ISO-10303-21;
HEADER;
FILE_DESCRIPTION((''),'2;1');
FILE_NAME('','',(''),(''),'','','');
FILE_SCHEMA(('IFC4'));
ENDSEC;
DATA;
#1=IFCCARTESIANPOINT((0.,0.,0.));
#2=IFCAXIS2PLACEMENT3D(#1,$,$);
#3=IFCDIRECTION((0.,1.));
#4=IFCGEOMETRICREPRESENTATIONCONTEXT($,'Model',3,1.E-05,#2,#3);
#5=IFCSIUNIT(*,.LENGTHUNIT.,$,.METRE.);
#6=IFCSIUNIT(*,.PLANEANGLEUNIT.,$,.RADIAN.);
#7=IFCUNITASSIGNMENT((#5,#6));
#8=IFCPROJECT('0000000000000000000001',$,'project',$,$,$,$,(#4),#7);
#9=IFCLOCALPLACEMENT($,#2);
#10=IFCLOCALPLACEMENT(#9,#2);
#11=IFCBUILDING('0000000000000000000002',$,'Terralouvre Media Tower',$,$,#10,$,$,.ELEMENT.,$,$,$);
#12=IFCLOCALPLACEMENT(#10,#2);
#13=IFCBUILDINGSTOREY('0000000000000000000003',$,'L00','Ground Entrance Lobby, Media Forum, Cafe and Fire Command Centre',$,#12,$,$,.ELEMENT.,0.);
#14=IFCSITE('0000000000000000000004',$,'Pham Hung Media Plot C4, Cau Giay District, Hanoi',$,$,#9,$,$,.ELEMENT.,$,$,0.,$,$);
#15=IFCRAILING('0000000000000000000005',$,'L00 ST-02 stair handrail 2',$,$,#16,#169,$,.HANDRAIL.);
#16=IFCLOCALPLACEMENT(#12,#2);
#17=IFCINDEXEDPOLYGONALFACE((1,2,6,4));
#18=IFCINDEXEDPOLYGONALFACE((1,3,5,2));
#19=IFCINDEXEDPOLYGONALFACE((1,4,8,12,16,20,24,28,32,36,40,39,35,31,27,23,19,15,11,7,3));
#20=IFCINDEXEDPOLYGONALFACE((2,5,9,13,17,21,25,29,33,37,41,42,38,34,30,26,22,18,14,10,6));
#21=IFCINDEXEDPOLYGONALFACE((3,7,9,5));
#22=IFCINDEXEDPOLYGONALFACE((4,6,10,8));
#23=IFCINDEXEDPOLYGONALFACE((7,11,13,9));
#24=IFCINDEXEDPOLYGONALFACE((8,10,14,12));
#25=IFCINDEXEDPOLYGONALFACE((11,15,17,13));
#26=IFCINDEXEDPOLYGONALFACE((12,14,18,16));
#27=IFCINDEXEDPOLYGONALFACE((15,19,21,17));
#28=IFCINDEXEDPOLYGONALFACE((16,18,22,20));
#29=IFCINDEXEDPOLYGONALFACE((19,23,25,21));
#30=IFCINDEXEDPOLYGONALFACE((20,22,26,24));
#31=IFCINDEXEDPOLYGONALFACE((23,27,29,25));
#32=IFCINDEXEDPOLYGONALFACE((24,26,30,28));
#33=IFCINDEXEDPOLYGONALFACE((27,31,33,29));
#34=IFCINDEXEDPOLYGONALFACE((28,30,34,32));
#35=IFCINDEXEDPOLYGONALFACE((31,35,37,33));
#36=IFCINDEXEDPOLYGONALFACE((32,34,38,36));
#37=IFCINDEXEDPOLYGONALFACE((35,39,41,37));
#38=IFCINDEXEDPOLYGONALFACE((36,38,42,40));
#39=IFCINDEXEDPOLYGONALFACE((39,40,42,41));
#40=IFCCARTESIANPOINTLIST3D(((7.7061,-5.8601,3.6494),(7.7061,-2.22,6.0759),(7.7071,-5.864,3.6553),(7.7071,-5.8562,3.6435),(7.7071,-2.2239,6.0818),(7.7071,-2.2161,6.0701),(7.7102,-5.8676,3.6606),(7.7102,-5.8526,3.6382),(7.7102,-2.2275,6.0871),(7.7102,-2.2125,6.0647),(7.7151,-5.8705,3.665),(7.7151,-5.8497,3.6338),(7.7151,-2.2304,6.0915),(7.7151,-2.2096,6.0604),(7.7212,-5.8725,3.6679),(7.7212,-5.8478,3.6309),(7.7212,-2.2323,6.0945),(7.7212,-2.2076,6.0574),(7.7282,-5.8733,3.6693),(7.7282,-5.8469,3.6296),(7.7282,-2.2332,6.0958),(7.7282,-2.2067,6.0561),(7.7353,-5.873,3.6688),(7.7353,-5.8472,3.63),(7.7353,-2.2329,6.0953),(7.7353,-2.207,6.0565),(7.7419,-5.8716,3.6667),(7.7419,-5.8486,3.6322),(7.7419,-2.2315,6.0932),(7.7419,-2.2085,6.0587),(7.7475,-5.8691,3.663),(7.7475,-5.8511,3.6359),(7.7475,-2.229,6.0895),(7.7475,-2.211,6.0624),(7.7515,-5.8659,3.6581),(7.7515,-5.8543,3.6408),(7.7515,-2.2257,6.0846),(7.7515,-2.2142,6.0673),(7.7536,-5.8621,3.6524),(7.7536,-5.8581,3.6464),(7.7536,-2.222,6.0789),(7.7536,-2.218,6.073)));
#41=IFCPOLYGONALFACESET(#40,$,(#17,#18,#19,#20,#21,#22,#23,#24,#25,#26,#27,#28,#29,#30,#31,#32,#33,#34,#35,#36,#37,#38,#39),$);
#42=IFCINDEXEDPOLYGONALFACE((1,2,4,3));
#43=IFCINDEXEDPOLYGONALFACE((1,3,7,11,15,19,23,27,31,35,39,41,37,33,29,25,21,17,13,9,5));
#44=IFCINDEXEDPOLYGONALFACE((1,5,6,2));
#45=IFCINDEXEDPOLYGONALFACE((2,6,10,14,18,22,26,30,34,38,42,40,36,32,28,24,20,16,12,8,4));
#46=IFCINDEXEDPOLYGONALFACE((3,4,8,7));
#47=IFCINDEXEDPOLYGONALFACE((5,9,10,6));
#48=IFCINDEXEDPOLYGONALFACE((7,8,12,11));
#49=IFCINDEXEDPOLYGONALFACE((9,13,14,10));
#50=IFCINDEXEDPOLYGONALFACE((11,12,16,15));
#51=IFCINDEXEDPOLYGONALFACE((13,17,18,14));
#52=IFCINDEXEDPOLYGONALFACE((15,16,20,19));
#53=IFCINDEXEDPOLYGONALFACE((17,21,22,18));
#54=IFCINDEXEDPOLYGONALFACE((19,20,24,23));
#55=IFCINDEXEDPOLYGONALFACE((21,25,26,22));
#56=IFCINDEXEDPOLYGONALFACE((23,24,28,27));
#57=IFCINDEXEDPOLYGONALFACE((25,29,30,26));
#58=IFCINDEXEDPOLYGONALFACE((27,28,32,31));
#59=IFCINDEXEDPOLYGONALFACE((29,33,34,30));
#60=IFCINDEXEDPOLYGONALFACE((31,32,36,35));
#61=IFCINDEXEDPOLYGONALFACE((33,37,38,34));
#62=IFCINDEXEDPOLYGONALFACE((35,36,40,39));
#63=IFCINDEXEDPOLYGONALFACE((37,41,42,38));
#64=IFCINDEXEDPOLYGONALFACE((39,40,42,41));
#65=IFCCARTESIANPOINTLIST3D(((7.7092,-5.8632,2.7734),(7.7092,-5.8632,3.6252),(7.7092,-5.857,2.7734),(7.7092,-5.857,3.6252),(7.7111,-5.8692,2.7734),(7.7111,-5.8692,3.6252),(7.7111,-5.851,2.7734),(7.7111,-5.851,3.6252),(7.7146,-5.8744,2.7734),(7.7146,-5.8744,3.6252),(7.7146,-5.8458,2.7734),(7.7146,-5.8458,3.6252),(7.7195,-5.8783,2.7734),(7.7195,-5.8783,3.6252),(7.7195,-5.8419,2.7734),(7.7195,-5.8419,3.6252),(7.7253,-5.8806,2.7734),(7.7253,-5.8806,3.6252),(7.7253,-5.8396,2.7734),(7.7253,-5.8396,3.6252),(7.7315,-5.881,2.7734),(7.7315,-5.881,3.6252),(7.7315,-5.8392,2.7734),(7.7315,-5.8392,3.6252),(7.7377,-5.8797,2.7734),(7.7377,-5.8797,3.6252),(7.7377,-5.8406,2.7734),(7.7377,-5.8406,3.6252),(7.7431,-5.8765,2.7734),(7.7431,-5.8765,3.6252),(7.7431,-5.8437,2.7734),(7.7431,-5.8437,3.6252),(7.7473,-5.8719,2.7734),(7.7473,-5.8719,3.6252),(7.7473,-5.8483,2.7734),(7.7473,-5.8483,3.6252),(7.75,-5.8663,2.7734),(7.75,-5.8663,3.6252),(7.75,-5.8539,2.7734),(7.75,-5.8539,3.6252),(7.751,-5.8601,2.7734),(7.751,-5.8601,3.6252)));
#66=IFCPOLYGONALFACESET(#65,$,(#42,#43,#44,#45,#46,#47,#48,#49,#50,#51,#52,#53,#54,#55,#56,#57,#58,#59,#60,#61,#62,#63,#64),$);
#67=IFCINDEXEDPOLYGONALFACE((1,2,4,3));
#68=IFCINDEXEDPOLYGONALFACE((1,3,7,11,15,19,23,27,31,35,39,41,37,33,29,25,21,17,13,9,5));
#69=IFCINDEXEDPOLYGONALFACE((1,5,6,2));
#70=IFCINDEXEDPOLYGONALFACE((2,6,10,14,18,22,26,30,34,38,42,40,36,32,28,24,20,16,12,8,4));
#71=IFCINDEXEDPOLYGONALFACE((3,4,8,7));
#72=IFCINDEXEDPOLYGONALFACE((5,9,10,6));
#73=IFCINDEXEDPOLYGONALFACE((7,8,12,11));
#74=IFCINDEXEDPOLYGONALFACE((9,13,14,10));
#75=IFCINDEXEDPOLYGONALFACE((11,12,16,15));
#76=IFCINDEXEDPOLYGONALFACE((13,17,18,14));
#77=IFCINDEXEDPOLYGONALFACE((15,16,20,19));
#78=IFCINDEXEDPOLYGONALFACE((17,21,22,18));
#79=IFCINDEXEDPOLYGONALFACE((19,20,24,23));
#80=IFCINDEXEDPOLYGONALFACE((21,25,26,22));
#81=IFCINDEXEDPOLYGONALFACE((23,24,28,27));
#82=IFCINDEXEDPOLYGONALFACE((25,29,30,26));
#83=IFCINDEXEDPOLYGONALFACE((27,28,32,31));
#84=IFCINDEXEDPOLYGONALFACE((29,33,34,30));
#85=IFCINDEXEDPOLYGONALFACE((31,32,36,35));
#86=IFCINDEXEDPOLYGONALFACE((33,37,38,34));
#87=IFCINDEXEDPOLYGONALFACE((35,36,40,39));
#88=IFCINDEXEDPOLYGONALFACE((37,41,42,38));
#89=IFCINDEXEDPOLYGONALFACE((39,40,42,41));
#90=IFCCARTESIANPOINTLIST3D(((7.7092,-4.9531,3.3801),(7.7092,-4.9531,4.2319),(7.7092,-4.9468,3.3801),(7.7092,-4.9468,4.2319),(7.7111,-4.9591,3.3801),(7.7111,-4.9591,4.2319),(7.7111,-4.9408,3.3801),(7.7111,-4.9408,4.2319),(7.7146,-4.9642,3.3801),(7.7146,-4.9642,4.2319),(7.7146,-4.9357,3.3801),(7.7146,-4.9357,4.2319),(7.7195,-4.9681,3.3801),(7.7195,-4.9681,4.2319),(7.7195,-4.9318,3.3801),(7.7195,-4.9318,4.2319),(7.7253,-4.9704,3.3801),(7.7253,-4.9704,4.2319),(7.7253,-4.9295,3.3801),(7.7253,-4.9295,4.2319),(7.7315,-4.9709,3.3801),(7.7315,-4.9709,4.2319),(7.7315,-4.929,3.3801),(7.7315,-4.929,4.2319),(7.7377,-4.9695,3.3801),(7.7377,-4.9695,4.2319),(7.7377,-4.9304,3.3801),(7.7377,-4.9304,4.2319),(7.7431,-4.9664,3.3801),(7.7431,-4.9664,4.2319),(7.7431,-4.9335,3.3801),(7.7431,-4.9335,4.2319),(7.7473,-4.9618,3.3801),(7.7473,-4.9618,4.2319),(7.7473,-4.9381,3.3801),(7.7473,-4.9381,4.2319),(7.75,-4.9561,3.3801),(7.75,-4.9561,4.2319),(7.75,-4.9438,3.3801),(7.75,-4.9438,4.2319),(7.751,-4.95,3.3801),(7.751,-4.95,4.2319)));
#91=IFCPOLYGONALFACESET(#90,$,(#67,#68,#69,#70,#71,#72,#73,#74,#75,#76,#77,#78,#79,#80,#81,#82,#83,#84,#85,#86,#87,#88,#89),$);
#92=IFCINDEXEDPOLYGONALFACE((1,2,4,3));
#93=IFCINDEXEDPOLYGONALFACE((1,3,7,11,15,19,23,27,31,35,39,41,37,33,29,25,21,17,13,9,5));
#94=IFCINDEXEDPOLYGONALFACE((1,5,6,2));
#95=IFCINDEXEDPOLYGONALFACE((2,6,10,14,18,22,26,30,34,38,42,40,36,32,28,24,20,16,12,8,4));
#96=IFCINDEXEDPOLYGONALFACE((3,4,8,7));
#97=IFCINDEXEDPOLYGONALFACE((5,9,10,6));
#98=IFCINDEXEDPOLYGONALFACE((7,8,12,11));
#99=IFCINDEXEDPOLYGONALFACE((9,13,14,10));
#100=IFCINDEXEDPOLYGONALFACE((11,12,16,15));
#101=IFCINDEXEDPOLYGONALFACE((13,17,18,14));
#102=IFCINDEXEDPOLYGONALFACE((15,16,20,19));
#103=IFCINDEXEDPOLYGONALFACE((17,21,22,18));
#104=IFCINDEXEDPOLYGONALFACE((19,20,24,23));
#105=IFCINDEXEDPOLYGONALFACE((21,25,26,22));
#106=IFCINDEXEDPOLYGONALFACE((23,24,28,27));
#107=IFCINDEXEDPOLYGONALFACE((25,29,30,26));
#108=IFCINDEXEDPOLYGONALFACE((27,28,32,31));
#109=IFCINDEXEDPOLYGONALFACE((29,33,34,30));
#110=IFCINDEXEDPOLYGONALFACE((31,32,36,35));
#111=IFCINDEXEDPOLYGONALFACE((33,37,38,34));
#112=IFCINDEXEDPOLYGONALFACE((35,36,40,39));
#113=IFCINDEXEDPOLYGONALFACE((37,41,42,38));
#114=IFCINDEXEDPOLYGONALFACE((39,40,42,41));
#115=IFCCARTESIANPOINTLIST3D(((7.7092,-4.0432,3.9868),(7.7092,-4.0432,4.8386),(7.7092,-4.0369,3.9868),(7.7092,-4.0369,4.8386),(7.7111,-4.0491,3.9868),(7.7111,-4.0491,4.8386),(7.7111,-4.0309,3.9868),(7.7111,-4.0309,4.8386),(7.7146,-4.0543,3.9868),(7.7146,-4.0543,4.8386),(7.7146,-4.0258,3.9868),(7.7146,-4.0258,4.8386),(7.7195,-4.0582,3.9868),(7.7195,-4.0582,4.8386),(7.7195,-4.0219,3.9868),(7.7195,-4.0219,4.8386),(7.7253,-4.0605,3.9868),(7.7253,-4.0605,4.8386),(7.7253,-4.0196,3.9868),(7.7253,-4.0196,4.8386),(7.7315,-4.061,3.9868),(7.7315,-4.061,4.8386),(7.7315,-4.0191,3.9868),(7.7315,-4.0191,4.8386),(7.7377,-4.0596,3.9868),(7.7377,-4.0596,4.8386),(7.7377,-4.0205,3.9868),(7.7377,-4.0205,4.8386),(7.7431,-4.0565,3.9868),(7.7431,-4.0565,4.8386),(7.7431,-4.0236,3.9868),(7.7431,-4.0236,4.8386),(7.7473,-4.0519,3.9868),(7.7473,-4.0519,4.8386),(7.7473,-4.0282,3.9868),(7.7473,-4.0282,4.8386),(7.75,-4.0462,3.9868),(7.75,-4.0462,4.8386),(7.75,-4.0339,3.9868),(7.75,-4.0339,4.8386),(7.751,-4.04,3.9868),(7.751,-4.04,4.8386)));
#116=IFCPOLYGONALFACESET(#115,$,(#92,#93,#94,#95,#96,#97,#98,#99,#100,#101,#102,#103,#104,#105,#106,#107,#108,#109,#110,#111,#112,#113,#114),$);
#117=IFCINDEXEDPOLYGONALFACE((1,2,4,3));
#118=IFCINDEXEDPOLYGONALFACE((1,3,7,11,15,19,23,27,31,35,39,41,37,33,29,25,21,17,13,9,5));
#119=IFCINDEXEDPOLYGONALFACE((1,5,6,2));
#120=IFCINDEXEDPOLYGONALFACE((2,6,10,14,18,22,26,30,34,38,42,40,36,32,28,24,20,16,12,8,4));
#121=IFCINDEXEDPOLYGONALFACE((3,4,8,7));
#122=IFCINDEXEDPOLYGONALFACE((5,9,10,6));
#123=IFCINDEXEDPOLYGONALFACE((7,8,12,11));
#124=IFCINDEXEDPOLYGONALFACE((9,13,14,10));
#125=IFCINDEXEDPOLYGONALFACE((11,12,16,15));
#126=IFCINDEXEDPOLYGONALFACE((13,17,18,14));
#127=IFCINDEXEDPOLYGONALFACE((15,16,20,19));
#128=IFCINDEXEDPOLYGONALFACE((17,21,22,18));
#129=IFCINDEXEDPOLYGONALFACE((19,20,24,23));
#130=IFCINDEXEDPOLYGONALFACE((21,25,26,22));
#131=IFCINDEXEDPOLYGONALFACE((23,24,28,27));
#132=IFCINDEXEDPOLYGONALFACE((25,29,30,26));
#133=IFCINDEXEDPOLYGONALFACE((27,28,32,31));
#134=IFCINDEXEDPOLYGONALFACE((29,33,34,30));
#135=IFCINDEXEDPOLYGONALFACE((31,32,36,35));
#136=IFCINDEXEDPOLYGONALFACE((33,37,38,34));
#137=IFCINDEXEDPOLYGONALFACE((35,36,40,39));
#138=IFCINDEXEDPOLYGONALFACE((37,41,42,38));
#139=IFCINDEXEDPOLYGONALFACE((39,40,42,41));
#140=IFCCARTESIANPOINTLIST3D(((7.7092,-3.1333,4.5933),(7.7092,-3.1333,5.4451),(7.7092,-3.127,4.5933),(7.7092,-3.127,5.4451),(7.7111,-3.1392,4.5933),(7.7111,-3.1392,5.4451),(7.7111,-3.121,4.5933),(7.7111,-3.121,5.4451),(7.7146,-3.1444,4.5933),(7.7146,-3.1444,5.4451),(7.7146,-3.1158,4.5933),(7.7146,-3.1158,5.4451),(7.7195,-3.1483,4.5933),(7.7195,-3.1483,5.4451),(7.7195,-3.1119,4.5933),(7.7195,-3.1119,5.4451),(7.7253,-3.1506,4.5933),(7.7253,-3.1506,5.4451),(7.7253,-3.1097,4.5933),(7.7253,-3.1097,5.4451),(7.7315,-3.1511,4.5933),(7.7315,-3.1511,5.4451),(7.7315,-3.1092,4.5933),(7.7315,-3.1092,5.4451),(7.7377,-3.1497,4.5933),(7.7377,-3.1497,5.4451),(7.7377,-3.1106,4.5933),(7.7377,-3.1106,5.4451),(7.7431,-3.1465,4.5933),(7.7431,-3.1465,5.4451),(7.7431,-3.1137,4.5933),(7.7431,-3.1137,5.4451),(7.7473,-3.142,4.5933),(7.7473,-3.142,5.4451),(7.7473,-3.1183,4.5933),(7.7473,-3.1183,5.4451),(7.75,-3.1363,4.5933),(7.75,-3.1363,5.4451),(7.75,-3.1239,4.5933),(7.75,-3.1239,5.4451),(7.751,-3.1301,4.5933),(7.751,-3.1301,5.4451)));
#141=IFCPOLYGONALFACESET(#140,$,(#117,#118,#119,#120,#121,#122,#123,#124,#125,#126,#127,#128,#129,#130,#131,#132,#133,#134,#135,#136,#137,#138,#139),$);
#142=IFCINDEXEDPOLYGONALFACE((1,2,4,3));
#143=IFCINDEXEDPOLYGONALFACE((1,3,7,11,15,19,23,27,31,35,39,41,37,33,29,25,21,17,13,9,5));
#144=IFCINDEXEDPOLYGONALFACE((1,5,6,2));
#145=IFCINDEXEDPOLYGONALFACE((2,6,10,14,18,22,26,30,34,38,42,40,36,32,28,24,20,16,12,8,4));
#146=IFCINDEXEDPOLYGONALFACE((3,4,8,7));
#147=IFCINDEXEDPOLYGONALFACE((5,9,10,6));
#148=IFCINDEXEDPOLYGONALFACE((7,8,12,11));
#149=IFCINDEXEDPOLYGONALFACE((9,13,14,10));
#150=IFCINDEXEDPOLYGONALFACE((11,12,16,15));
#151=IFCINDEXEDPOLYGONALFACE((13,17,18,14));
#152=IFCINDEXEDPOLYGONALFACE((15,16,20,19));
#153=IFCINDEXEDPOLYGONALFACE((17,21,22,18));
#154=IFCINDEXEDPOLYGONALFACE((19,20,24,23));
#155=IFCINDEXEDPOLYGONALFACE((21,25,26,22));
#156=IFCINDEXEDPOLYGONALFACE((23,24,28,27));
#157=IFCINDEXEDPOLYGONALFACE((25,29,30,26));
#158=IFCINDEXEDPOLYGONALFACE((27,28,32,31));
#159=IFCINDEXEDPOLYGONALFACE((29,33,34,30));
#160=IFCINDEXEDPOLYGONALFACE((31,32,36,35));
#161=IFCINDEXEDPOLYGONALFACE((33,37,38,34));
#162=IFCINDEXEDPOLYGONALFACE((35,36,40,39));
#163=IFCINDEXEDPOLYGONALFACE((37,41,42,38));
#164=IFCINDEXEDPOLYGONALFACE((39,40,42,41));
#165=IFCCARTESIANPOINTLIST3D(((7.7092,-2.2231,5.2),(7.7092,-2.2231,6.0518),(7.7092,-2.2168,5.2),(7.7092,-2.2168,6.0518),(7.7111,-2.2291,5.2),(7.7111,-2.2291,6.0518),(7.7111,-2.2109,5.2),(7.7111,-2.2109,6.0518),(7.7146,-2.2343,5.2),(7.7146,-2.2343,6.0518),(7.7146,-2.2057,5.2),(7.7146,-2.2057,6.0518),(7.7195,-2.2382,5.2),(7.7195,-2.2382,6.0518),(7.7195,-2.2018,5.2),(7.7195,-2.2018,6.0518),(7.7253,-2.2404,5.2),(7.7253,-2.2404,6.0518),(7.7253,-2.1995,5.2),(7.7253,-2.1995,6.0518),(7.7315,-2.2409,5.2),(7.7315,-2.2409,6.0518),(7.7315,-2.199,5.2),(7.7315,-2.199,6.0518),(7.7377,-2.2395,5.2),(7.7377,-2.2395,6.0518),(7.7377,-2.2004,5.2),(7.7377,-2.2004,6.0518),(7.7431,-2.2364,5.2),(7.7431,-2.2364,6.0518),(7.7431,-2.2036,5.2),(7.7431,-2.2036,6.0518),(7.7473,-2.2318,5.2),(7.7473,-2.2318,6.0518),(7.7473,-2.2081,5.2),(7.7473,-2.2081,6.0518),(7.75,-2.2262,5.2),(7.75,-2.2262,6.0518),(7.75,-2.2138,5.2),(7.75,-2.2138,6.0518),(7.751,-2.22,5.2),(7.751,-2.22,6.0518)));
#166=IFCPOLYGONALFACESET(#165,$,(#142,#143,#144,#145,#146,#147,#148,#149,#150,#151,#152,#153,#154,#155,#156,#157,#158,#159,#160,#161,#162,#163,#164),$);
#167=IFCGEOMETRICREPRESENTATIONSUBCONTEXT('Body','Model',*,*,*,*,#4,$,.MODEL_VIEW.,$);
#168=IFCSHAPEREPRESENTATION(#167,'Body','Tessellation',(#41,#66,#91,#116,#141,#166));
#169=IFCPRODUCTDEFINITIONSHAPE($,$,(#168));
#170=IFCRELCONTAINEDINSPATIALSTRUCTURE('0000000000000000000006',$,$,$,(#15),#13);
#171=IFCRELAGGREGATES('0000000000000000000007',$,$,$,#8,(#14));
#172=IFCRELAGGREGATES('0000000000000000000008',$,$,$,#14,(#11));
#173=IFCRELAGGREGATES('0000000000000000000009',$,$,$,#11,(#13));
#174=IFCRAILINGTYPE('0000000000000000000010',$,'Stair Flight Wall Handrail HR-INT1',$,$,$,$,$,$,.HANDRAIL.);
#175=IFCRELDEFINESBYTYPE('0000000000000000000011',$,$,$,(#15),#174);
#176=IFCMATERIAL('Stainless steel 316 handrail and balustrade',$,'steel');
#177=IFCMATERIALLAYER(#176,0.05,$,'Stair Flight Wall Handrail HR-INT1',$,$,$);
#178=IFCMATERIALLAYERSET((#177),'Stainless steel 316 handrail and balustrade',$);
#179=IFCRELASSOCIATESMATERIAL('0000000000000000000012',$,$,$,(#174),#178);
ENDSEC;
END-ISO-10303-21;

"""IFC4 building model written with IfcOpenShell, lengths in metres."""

from ifc_helpers import new_model, si_unit, direction, frame, origin, origin_2d, place, context, subcontext, project, spatial, circle, extrude, material, layer, layer_set, type_object, element, save


model = new_model("IFC4")

# Units and contexts
model_context = context("Model", 3, precision=1e-05, world=origin(), true_north=direction((0.0, 1.0)))
body_context = subcontext(model_context, "Body", "Model", "MODEL_VIEW")
ifc_project = project(units=[si_unit("LENGTHUNIT", "METRE"), si_unit("PLANEANGLEUNIT", "RADIAN")], contexts=[model_context])

# Site, building, storey
site_placement = place(None, origin())
site = spatial("IfcSite", under=ifc_project, at=site_placement, Name="Pham Hung Media Plot C4, Cau Giay District, Hanoi", CompositionType="ELEMENT", RefElevation=0.0)
building_placement = place(site_placement, origin())
building = spatial("IfcBuilding", under=site, at=building_placement, Name="Terralouvre Media Tower", CompositionType="ELEMENT")
storey_placement = place(building_placement, origin())
storey = spatial("IfcBuildingStorey", under=building, at=storey_placement, Name="L00", Description="Ground Entrance Lobby, Media Forum, Cafe and Fire Command Centre", CompositionType="ELEMENT", Elevation=0.0)

# Railing
ifc_material_1 = material(Name="Stainless steel 316 handrail and balustrade", Category="steel")
ifc_layer_1 = layer(ifc_material_1, 0.05, Name="Stair Flight Wall Handrail HR-INT1")
ifc_layer_set_1 = layer_set([ifc_layer_1], Name="Stainless steel 316 handrail and balustrade")
railing_type_1 = type_object("IfcRailingType", Name="Stair Flight Wall Handrail HR-INT1", PredefinedType="HANDRAIL", material=ifc_layer_set_1)
railing_1_placement = place(storey_placement, frame((7.73, -5.8601, 2.7734)))
element("IfcRailing", 1, at=railing_1_placement, inside=storey, type_object=railing_type_1, Name="L00 ST-02 stair handrail 2", PredefinedType="HANDRAIL", context=body_context, shape_type="SweptSolid", body=[
    extrude(circle(Radius=0.0239, at=origin_2d()), frame((0.0, 0.0, 0.876), z_axis=(0.0, 0.832076, 0.554662), x_axis=(-1.0, 0.0, 0.0)), (0.0, 0.0, 1.0), 4.3748),
    extrude(circle(Radius=0.021, at=origin_2d()), origin(), (0.0, 0.0, 1.0), 0.8518),
    extrude(circle(Radius=0.021, at=origin_2d()), frame((0.0, 0.9102, 0.6067)), (0.0, 0.0, 1.0), 0.8518),
    extrude(circle(Radius=0.021, at=origin_2d()), frame((0.0, 1.8201, 1.2134)), (0.0, 0.0, 1.0), 0.8518),
    extrude(circle(Radius=0.021, at=origin_2d()), frame((0.0, 2.73, 1.8198)), (0.0, 0.0, 1.0), 0.8518),
    extrude(circle(Radius=0.021, at=origin_2d()), frame((0.0, 3.6401, 2.4265)), (0.0, 0.0, 1.0), 0.8518),
])

save(model, "model.ifc")
